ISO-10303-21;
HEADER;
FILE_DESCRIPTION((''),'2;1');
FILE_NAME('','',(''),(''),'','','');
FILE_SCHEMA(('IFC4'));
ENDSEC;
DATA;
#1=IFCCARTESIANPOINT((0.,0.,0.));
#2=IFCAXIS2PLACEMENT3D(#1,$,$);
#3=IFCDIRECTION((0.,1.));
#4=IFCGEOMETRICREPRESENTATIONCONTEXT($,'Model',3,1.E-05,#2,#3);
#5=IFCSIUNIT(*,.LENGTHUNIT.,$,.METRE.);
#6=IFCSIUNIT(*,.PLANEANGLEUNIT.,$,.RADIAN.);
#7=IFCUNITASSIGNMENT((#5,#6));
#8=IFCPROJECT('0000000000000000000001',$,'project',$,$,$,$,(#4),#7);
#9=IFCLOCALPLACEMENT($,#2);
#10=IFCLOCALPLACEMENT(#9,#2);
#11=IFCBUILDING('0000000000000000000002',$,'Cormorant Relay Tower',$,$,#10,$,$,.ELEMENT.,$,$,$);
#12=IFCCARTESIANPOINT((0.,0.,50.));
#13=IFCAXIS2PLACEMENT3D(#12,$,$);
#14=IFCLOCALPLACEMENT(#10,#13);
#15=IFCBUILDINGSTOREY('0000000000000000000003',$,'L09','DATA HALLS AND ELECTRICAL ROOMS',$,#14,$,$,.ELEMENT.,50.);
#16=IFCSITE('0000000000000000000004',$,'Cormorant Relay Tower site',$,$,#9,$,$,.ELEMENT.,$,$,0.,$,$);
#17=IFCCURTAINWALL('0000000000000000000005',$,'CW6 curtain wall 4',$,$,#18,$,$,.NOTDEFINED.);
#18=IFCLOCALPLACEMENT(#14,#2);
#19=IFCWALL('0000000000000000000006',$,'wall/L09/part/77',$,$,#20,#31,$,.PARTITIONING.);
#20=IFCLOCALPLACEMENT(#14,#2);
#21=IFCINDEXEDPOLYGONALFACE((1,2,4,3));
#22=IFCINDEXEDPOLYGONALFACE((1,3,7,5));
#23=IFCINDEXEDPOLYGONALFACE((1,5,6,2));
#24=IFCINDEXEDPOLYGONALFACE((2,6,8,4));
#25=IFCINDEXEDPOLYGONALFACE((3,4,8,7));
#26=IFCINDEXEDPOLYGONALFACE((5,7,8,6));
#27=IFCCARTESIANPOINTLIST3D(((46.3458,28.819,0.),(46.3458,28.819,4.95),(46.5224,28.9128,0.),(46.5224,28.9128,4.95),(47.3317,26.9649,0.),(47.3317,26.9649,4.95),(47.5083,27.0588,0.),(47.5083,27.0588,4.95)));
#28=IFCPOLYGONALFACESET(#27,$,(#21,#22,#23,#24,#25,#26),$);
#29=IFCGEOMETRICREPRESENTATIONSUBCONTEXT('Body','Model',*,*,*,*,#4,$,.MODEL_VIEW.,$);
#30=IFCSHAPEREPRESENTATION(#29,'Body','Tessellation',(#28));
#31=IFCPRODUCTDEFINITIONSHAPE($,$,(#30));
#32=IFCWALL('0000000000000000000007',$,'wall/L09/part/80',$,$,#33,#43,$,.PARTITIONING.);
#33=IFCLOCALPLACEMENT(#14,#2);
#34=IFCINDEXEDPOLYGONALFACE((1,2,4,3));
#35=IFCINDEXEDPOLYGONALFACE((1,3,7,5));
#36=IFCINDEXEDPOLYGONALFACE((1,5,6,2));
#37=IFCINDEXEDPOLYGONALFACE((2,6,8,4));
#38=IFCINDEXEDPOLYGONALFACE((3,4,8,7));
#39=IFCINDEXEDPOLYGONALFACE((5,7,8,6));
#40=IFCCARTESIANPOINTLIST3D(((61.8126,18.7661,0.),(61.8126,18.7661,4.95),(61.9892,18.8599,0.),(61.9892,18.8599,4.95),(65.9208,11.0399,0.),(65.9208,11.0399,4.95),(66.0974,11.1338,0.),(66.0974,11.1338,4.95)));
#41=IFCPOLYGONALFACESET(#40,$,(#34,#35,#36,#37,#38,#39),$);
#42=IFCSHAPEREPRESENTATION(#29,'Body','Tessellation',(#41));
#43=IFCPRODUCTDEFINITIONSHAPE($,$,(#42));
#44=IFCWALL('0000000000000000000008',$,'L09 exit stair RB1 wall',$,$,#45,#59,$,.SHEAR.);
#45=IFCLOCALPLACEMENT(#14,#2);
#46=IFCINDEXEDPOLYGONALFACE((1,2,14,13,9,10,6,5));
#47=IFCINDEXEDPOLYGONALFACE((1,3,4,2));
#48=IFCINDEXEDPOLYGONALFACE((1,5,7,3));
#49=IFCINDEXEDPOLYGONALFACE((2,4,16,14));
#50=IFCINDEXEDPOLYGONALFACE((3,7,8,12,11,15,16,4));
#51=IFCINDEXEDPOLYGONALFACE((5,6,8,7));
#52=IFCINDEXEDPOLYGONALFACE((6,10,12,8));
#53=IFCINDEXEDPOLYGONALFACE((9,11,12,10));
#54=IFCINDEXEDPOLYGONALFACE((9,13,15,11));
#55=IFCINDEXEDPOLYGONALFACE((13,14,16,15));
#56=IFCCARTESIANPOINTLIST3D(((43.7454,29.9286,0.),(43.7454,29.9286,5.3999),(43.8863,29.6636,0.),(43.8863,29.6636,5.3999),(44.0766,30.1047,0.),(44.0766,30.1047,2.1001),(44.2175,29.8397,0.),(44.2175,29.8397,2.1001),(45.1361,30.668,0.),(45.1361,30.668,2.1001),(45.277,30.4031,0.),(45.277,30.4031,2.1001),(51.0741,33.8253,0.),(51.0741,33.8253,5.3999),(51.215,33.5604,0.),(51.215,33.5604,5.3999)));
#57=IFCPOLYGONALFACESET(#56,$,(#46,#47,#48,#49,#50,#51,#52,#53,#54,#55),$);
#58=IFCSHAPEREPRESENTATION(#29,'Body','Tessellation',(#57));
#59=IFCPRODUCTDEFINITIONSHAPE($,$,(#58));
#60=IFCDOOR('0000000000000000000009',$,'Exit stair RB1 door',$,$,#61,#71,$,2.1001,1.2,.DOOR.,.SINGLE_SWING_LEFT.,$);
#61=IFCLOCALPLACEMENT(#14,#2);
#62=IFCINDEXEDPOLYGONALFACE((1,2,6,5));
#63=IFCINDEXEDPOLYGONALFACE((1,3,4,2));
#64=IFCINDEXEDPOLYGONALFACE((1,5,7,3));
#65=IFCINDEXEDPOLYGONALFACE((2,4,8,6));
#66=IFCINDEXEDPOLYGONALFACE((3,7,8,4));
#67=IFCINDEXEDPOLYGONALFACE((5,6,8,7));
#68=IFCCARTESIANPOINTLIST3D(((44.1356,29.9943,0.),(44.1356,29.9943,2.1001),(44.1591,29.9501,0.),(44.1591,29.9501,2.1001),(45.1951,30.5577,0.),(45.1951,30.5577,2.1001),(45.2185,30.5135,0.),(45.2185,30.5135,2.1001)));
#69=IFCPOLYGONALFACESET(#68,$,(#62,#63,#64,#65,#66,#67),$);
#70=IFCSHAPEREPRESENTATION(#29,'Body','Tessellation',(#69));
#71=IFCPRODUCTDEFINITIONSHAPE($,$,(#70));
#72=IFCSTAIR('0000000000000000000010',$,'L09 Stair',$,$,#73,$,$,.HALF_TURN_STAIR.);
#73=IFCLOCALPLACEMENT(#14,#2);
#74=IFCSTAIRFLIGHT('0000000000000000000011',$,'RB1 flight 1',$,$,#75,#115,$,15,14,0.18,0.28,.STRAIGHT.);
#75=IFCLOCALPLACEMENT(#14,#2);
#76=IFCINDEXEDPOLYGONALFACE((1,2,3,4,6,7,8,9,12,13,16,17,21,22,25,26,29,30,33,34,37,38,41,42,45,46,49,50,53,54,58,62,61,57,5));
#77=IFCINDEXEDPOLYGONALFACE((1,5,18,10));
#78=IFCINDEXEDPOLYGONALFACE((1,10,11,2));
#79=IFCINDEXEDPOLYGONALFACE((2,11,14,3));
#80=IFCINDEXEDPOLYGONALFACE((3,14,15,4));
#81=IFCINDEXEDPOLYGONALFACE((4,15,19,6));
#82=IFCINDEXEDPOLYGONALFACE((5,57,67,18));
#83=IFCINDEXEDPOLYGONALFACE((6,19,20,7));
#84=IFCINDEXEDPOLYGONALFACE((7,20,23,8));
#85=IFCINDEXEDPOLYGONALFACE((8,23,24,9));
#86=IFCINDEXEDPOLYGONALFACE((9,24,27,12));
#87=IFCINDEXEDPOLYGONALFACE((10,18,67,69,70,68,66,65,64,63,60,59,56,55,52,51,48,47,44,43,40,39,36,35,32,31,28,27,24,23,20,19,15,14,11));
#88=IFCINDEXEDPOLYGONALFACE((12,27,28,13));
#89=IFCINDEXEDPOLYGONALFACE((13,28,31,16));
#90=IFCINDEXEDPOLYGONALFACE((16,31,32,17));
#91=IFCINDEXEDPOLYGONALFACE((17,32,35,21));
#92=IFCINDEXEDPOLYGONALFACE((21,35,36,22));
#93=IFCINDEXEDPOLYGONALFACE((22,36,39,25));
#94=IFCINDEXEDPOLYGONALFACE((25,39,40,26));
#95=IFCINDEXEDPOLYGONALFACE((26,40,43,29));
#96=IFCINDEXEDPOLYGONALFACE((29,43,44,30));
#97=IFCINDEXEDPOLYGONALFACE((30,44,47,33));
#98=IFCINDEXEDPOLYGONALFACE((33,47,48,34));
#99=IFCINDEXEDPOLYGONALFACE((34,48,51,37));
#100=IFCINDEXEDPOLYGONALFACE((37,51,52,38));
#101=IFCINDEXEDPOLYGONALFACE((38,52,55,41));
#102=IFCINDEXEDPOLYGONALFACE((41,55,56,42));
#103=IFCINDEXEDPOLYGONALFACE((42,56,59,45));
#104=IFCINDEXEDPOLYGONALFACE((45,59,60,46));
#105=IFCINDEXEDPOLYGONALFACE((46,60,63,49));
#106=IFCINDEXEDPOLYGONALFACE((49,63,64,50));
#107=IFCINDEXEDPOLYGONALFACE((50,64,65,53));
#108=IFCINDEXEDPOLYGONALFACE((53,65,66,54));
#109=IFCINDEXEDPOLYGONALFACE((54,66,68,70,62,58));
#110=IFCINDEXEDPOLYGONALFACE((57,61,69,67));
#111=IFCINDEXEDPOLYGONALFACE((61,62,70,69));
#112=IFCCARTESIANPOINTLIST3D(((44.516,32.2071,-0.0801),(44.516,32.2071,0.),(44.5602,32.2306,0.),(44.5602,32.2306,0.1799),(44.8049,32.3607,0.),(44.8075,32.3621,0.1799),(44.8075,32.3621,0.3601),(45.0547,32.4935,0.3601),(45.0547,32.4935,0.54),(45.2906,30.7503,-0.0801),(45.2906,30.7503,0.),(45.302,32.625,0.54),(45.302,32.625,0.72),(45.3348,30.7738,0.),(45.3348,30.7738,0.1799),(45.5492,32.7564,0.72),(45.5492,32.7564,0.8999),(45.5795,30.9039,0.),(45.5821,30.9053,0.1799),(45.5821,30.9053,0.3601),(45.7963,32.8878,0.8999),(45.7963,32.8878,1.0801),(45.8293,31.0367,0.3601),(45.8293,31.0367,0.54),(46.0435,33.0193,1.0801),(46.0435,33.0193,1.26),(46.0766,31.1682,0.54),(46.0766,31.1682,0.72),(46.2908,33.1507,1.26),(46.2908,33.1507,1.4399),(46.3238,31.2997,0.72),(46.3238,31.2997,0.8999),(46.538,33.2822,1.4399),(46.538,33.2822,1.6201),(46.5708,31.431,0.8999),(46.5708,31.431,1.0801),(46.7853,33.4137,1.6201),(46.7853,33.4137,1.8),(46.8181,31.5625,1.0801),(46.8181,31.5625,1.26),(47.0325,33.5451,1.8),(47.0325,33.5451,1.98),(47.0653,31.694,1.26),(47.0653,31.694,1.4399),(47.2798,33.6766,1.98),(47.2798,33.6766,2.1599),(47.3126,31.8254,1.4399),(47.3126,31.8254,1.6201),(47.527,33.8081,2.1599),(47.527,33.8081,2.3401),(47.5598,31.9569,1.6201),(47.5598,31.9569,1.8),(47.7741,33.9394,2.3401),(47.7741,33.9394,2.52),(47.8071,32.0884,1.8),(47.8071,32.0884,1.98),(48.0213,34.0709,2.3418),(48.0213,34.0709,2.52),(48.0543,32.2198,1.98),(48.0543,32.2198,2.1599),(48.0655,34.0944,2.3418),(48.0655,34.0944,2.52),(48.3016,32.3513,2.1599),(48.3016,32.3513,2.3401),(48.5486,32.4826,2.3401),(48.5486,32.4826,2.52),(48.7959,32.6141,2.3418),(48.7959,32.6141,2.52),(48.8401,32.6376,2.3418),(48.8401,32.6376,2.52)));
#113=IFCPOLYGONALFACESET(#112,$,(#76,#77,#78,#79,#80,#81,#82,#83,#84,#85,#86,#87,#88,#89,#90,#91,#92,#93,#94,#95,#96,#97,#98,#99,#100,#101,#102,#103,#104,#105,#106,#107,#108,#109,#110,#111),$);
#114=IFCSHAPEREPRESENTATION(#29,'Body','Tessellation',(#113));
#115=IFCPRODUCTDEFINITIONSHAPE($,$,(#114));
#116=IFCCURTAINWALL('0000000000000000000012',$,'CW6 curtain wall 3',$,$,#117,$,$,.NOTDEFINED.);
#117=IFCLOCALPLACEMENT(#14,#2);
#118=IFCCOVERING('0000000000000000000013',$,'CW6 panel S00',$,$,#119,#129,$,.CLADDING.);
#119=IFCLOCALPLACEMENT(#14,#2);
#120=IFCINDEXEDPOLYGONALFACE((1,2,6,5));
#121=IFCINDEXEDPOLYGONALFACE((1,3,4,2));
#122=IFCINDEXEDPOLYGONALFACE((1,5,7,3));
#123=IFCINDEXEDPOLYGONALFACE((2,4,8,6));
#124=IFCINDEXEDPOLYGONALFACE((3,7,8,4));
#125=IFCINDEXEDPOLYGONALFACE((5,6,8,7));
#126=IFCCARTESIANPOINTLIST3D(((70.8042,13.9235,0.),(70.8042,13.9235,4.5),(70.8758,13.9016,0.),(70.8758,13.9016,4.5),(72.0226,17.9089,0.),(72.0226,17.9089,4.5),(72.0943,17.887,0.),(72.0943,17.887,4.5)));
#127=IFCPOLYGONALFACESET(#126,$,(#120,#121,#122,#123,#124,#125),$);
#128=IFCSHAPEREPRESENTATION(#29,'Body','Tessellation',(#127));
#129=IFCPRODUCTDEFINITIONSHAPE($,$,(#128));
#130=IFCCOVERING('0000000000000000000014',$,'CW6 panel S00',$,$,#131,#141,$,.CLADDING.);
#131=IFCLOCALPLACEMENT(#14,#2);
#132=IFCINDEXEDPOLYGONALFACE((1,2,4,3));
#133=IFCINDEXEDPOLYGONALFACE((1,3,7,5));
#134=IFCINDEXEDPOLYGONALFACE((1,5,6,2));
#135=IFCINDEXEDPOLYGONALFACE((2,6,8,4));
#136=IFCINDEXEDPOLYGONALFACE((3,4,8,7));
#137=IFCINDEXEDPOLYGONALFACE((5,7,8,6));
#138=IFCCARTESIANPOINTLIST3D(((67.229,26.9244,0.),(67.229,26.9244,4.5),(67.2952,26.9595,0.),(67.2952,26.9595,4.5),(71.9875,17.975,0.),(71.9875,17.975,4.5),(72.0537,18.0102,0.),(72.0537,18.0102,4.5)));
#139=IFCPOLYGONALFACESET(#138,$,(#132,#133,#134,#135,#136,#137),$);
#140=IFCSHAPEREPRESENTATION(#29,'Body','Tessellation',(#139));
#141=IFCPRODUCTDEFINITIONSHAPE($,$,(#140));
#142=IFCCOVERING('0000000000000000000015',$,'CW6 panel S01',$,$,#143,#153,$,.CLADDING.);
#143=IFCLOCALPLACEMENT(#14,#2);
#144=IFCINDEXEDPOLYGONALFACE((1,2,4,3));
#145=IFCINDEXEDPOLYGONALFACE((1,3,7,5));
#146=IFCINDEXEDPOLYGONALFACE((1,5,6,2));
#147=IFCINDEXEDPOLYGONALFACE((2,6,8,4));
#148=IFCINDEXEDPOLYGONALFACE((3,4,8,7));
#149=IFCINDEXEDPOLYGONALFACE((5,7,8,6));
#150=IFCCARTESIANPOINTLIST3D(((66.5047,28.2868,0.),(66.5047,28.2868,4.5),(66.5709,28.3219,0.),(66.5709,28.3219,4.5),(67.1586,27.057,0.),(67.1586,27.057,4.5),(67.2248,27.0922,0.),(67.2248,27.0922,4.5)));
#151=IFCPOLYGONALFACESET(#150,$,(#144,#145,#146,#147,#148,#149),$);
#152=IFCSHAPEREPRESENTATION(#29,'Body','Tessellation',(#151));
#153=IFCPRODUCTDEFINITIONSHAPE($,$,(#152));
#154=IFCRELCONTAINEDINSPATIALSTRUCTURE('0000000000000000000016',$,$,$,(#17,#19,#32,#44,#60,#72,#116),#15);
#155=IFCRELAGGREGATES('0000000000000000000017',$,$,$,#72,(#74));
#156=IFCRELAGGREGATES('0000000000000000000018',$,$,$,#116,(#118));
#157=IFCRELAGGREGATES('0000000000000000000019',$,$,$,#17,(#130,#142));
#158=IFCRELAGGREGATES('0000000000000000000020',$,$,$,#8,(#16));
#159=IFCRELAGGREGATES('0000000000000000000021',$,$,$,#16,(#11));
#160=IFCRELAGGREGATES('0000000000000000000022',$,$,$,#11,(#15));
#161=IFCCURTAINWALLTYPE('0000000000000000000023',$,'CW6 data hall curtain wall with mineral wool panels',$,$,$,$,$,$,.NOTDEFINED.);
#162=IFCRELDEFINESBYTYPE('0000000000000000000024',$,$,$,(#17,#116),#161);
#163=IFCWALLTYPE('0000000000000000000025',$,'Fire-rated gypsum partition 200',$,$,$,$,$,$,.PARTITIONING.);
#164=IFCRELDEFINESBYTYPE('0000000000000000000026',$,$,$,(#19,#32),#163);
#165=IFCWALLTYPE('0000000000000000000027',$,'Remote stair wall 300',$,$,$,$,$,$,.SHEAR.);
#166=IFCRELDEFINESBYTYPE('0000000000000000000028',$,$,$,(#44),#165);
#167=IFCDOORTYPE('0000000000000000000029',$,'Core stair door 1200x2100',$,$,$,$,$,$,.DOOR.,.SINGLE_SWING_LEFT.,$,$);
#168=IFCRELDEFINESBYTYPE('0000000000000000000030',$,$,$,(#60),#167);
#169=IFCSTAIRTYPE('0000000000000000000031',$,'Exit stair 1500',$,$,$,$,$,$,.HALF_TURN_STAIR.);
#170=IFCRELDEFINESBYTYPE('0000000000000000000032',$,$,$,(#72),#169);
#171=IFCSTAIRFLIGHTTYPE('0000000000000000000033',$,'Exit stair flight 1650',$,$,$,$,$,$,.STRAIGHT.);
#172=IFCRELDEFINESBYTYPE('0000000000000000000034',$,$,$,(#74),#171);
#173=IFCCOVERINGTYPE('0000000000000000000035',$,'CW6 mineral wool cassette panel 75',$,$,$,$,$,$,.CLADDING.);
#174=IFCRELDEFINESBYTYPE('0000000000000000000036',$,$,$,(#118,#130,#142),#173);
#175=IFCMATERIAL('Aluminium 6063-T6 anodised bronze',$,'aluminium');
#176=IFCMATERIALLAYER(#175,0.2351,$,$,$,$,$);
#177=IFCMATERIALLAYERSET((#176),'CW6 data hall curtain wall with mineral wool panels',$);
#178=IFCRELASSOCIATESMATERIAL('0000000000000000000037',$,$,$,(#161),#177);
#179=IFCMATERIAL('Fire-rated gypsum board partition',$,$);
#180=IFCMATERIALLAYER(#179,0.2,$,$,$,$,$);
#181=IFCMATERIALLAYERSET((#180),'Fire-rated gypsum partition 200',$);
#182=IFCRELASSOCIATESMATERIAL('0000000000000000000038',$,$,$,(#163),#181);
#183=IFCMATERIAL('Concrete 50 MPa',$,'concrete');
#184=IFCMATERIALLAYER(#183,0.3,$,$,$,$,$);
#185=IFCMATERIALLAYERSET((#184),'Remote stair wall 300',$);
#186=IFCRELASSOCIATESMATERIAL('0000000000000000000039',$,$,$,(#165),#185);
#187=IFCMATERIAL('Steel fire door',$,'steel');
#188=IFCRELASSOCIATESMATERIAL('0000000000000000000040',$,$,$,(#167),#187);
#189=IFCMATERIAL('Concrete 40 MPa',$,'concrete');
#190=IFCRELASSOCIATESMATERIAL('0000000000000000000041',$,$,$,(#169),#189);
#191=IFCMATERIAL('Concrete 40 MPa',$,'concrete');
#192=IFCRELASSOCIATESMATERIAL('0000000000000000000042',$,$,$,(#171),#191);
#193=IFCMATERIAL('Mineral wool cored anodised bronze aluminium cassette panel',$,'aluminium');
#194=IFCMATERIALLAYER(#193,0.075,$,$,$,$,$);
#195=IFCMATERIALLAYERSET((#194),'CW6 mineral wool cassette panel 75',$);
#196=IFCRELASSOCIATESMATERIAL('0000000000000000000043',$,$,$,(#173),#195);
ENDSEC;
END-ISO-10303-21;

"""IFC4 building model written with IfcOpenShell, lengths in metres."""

from ifc_helpers import new_model, si_unit, direction, frame, frame_2d, origin, origin_2d, place, context, subcontext, project, spatial, polyline, rectangle, outline, extrude, material, layer, layer_set, type_object, element, fill, aggregate, save


model = new_model("IFC4")

# Units and contexts
model_context = context("Model", 3, precision=1e-05, world=origin(), true_north=direction((0.0, 1.0)))
body_context = subcontext(model_context, "Body", "Model", "MODEL_VIEW")
ifc_project = project(units=[si_unit("LENGTHUNIT", "METRE"), si_unit("PLANEANGLEUNIT", "RADIAN")], contexts=[model_context])

# Site, building, storey
site_placement = place(None, origin())
site = spatial("IfcSite", under=ifc_project, at=site_placement, Name="Cormorant Relay Tower site", CompositionType="ELEMENT", RefElevation=0.0)
building_placement = place(site_placement, origin())
building = spatial("IfcBuilding", under=site, at=building_placement, Name="Cormorant Relay Tower", CompositionType="ELEMENT")
storey_placement = place(building_placement, frame((0.0, 0.0, 50.0)))
storey = spatial("IfcBuildingStorey", under=building, at=storey_placement, Name="L09", Description="DATA HALLS AND ELECTRICAL ROOMS", CompositionType="ELEMENT", Elevation=50.0)

# Curtain wall
ifc_material_1 = material(Name="Aluminium 6063-T6 anodised bronze", Category="aluminium")
ifc_layer_1 = layer(ifc_material_1, 0.2351)
ifc_layer_set_1 = layer_set([ifc_layer_1], Name="CW6 data hall curtain wall with mineral wool panels")
curtain_wall_type = type_object("IfcCurtainWallType", Name="CW6 data hall curtain wall with mineral wool panels", PredefinedType="NOTDEFINED", material=ifc_layer_set_1)
curtain_wall_1_placement = place(storey_placement, origin())
curtain_wall_1 = element("IfcCurtainWall", 1, at=curtain_wall_1_placement, inside=storey, type_object=curtain_wall_type, Name="CW6 curtain wall 4", PredefinedType="NOTDEFINED")

# Walls
ifc_material_2 = material(Name="Fire-rated gypsum board partition")
ifc_layer_2 = layer(ifc_material_2, 0.2)
ifc_layer_set_2 = layer_set([ifc_layer_2], Name="Fire-rated gypsum partition 200")
wall_type_1 = type_object("IfcWallType", Name="Fire-rated gypsum partition 200", PredefinedType="PARTITIONING", material=ifc_layer_set_2)
wall_1_placement = place(storey_placement, frame((47.4199, 27.012, 0.0), z_axis=(0.0, 0.0, 1.0), x_axis=(-0.46949, 0.882938, 0.0)))
element("IfcWall", 2, at=wall_1_placement, inside=storey, type_object=wall_type_1, Name="wall/L09/part/77", PredefinedType="PARTITIONING", context=body_context, shape_type="SweptSolid", body=[
    extrude(rectangle(XDim=2.0999, YDim=0.2, at=frame_2d((1.0498, 0.0))), origin(), (0.0, 0.0, 1.0), 4.95),
])
wall_2_placement = place(storey_placement, frame((61.9009, 18.813, 0.0), z_axis=(0.0, 0.0, 1.0), x_axis=(0.469483, -0.882942, 0.0)))
element("IfcWall", 3, at=wall_2_placement, inside=storey, type_object=wall_type_1, Name="wall/L09/part/80", PredefinedType="PARTITIONING", context=body_context, shape_type="SweptSolid", body=[
    extrude(rectangle(XDim=8.7505, YDim=0.2, at=frame_2d((4.3752, 0.0))), origin(), (0.0, 0.0, 1.0), 4.95),
])

# Wall, opening, door
ifc_material_3 = material(Name="Concrete 50 MPa", Category="concrete")
ifc_layer_3 = layer(ifc_material_3, 0.3)
ifc_layer_set_3 = layer_set([ifc_layer_3], Name="Remote stair wall 300")
wall_type_2 = type_object("IfcWallType", Name="Remote stair wall 300", PredefinedType="SHEAR", material=ifc_layer_set_3)
wall_3_placement = place(storey_placement, frame((51.1445, 33.6929, 0.0), z_axis=(0.0, 0.0, 1.0), x_axis=(-0.882946, -0.469475, 0.0)))
wall_3 = element("IfcWall", 4, at=wall_3_placement, inside=storey, type_object=wall_type_2, Name="L09 exit stair RB1 wall", PredefinedType="SHEAR", context=body_context, shape_type="SweptSolid", body=[
    extrude(rectangle(XDim=8.3003, YDim=0.3, at=frame_2d((4.1501, 0.0))), origin(), (0.0, 0.0, 1.0), 5.3999),
])
opening_placement = place(wall_3_placement, frame((6.7251, 0.0, 0.0)))
opening = element("IfcOpeningElement", 5, at=opening_placement, cuts=wall_3, PredefinedType="OPENING", context=body_context, shape_type="SweptSolid", body=[
    extrude(rectangle(XDim=1.2, YDim=2.1001, at=frame_2d((0.6001, 1.05))), frame((0.0, 0.1599, 0.0), z_axis=(0.0, -1.0, 0.0), x_axis=(1.0, 0.0, 0.0)), (0.0, 0.0, 1.0), 0.3201),
])
ifc_material_4 = material(Name="Steel fire door", Category="steel")
door_type = type_object("IfcDoorType", Name="Core stair door 1200x2100", OperationType="SINGLE_SWING_LEFT", PredefinedType="DOOR", material=ifc_material_4)
door_placement = place(opening_placement, frame((1.2, 0.0, 0.0), z_axis=(0.0, 0.0, 1.0), x_axis=(-1.0, 0.0, 0.0)))
door = element("IfcDoor", 6, at=door_placement, inside=storey, type_object=door_type, Name="Exit stair RB1 door", OperationType="SINGLE_SWING_LEFT", OverallHeight=2.1001, OverallWidth=1.2, PredefinedType="DOOR", context=body_context, shape_type="SweptSolid", body=[
    extrude(rectangle(XDim=1.2, YDim=2.1001, at=frame_2d((0.6001, 1.05))), frame((0.0, 0.0249, 0.0), z_axis=(0.0, -1.0, 0.0), x_axis=(1.0, 0.0, 0.0)), (0.0, 0.0, 1.0), 0.05),
])
fill(opening, door)

# Stair, stair flight
ifc_material_5 = material(Name="Concrete 40 MPa", Category="concrete")
stair_type = type_object("IfcStairType", Name="Exit stair 1500", PredefinedType="HALF_TURN_STAIR", material=ifc_material_5)
stair_placement = place(storey_placement, origin())
stair = element("IfcStair", 7, at=stair_placement, inside=storey, type_object=stair_type, Name="L09 Stair", PredefinedType="HALF_TURN_STAIR")
ifc_material_6 = material(Name="Concrete 40 MPa", Category="concrete")
stair_flight_type = type_object("IfcStairFlightType", Name="Exit stair flight 1650", PredefinedType="STRAIGHT", material=ifc_material_6)
stair_flight_placement = place(storey_placement, frame((44.9475, 31.5022, 0.0), z_axis=(0.0, 0.0, 1.0), x_axis=(0.882948, 0.469472, 0.0)))
stair_flight = element("IfcStairFlight", 8, at=stair_flight_placement, type_object=stair_flight_type, Name="RB1 flight 1", NumberOfRisers=15, NumberOfTreads=14, PredefinedType="STRAIGHT", RiserHeight=0.18, TreadLength=0.28, context=body_context, shape_type="SweptSolid", body=[
    extrude(outline(polyline([(-0.05, -0.0801), (-0.05, 0.0), (0.0, 0.0), (0.0, 0.1799), (0.28, 0.1799), (0.28, 0.3601), (0.5601, 0.3601), (0.5601, 0.54), (0.8401, 0.54), (0.8401, 0.72), (1.1201, 0.72), (1.1201, 0.8999), (1.3999, 0.8999), (1.3999, 1.0801), (1.6799, 1.0801), (1.6799, 1.26), (1.96, 1.26), (1.96, 1.4399), (2.24, 1.4399), (2.24, 1.6201), (2.52, 1.6201), (2.52, 1.8), (2.8, 1.8), (2.8, 1.98), (3.0801, 1.98), (3.0801, 2.1599), (3.3601, 2.1599), (3.3601, 2.3401), (3.6399, 2.3401), (3.6399, 2.52), (3.9199, 2.52), (3.97, 2.52), (3.97, 2.3418), (3.9199, 2.3418), (0.2771, 0.0), (-0.05, -0.0801)])), frame((0.0, 0.825, 0.0), z_axis=(0.0, -1.0, 0.0), x_axis=(1.0, 0.0, 0.0)), (0.0, 0.0, 1.0), 1.6499),
])
aggregate(stair, [stair_flight])

# Curtain wall, covering
curtain_wall_2_placement = place(storey_placement, origin())
curtain_wall_2 = element("IfcCurtainWall", 9, at=curtain_wall_2_placement, inside=storey, type_object=curtain_wall_type, Name="CW6 curtain wall 3", PredefinedType="NOTDEFINED")
ifc_material_7 = material(Name="Mineral wool cored anodised bronze aluminium cassette panel", Category="aluminium")
ifc_layer_4 = layer(ifc_material_7, 0.075)
ifc_layer_set_4 = layer_set([ifc_layer_4], Name="CW6 mineral wool cassette panel 75")
covering_type = type_object("IfcCoveringType", Name="CW6 mineral wool cassette panel 75", PredefinedType="CLADDING", material=ifc_layer_set_4)
covering_1_placement = place(storey_placement, frame((71.4492, 15.9053, 0.0), z_axis=(0.0, 0.0, 1.0), x_axis=(0.292372, 0.956305, 0.0)))
covering_1 = element("IfcCovering", 10, at=covering_1_placement, type_object=covering_type, Name="CW6 panel S00", PredefinedType="CLADDING", context=body_context, shape_type="SweptSolid", body=[
    extrude(rectangle(XDim=4.1675, YDim=0.075, at=origin_2d()), origin(), (0.0, 0.0, 1.0), 4.5),
])
aggregate(curtain_wall_2, [covering_1])

# Coverings
covering_2_placement = place(storey_placement, frame((69.6414, 22.4673, 0.0), z_axis=(0.0, 0.0, 1.0), x_axis=(-0.469472, 0.882948, 0.0)))
covering_2 = element("IfcCovering", 11, at=covering_2_placement, type_object=covering_type, Name="CW6 panel S00", PredefinedType="CLADDING", context=body_context, shape_type="SweptSolid", body=[
    extrude(rectangle(XDim=10.1357, YDim=0.075, at=origin_2d()), origin(), (0.0, 0.0, 1.0), 4.5),
])
covering_3_placement = place(storey_placement, frame((66.8647, 27.6895, 0.0), z_axis=(0.0, 0.0, 1.0), x_axis=(-0.469472, 0.882948, 0.0)))
covering_3 = element("IfcCovering", 12, at=covering_3_placement, type_object=covering_type, Name="CW6 panel S01", PredefinedType="CLADDING", context=body_context, shape_type="SweptSolid", body=[
    extrude(rectangle(XDim=1.3928, YDim=0.075, at=origin_2d()), origin(), (0.0, 0.0, 1.0), 4.5),
])
aggregate(curtain_wall_1, [covering_2, covering_3])

save(model, "model.ifc")
